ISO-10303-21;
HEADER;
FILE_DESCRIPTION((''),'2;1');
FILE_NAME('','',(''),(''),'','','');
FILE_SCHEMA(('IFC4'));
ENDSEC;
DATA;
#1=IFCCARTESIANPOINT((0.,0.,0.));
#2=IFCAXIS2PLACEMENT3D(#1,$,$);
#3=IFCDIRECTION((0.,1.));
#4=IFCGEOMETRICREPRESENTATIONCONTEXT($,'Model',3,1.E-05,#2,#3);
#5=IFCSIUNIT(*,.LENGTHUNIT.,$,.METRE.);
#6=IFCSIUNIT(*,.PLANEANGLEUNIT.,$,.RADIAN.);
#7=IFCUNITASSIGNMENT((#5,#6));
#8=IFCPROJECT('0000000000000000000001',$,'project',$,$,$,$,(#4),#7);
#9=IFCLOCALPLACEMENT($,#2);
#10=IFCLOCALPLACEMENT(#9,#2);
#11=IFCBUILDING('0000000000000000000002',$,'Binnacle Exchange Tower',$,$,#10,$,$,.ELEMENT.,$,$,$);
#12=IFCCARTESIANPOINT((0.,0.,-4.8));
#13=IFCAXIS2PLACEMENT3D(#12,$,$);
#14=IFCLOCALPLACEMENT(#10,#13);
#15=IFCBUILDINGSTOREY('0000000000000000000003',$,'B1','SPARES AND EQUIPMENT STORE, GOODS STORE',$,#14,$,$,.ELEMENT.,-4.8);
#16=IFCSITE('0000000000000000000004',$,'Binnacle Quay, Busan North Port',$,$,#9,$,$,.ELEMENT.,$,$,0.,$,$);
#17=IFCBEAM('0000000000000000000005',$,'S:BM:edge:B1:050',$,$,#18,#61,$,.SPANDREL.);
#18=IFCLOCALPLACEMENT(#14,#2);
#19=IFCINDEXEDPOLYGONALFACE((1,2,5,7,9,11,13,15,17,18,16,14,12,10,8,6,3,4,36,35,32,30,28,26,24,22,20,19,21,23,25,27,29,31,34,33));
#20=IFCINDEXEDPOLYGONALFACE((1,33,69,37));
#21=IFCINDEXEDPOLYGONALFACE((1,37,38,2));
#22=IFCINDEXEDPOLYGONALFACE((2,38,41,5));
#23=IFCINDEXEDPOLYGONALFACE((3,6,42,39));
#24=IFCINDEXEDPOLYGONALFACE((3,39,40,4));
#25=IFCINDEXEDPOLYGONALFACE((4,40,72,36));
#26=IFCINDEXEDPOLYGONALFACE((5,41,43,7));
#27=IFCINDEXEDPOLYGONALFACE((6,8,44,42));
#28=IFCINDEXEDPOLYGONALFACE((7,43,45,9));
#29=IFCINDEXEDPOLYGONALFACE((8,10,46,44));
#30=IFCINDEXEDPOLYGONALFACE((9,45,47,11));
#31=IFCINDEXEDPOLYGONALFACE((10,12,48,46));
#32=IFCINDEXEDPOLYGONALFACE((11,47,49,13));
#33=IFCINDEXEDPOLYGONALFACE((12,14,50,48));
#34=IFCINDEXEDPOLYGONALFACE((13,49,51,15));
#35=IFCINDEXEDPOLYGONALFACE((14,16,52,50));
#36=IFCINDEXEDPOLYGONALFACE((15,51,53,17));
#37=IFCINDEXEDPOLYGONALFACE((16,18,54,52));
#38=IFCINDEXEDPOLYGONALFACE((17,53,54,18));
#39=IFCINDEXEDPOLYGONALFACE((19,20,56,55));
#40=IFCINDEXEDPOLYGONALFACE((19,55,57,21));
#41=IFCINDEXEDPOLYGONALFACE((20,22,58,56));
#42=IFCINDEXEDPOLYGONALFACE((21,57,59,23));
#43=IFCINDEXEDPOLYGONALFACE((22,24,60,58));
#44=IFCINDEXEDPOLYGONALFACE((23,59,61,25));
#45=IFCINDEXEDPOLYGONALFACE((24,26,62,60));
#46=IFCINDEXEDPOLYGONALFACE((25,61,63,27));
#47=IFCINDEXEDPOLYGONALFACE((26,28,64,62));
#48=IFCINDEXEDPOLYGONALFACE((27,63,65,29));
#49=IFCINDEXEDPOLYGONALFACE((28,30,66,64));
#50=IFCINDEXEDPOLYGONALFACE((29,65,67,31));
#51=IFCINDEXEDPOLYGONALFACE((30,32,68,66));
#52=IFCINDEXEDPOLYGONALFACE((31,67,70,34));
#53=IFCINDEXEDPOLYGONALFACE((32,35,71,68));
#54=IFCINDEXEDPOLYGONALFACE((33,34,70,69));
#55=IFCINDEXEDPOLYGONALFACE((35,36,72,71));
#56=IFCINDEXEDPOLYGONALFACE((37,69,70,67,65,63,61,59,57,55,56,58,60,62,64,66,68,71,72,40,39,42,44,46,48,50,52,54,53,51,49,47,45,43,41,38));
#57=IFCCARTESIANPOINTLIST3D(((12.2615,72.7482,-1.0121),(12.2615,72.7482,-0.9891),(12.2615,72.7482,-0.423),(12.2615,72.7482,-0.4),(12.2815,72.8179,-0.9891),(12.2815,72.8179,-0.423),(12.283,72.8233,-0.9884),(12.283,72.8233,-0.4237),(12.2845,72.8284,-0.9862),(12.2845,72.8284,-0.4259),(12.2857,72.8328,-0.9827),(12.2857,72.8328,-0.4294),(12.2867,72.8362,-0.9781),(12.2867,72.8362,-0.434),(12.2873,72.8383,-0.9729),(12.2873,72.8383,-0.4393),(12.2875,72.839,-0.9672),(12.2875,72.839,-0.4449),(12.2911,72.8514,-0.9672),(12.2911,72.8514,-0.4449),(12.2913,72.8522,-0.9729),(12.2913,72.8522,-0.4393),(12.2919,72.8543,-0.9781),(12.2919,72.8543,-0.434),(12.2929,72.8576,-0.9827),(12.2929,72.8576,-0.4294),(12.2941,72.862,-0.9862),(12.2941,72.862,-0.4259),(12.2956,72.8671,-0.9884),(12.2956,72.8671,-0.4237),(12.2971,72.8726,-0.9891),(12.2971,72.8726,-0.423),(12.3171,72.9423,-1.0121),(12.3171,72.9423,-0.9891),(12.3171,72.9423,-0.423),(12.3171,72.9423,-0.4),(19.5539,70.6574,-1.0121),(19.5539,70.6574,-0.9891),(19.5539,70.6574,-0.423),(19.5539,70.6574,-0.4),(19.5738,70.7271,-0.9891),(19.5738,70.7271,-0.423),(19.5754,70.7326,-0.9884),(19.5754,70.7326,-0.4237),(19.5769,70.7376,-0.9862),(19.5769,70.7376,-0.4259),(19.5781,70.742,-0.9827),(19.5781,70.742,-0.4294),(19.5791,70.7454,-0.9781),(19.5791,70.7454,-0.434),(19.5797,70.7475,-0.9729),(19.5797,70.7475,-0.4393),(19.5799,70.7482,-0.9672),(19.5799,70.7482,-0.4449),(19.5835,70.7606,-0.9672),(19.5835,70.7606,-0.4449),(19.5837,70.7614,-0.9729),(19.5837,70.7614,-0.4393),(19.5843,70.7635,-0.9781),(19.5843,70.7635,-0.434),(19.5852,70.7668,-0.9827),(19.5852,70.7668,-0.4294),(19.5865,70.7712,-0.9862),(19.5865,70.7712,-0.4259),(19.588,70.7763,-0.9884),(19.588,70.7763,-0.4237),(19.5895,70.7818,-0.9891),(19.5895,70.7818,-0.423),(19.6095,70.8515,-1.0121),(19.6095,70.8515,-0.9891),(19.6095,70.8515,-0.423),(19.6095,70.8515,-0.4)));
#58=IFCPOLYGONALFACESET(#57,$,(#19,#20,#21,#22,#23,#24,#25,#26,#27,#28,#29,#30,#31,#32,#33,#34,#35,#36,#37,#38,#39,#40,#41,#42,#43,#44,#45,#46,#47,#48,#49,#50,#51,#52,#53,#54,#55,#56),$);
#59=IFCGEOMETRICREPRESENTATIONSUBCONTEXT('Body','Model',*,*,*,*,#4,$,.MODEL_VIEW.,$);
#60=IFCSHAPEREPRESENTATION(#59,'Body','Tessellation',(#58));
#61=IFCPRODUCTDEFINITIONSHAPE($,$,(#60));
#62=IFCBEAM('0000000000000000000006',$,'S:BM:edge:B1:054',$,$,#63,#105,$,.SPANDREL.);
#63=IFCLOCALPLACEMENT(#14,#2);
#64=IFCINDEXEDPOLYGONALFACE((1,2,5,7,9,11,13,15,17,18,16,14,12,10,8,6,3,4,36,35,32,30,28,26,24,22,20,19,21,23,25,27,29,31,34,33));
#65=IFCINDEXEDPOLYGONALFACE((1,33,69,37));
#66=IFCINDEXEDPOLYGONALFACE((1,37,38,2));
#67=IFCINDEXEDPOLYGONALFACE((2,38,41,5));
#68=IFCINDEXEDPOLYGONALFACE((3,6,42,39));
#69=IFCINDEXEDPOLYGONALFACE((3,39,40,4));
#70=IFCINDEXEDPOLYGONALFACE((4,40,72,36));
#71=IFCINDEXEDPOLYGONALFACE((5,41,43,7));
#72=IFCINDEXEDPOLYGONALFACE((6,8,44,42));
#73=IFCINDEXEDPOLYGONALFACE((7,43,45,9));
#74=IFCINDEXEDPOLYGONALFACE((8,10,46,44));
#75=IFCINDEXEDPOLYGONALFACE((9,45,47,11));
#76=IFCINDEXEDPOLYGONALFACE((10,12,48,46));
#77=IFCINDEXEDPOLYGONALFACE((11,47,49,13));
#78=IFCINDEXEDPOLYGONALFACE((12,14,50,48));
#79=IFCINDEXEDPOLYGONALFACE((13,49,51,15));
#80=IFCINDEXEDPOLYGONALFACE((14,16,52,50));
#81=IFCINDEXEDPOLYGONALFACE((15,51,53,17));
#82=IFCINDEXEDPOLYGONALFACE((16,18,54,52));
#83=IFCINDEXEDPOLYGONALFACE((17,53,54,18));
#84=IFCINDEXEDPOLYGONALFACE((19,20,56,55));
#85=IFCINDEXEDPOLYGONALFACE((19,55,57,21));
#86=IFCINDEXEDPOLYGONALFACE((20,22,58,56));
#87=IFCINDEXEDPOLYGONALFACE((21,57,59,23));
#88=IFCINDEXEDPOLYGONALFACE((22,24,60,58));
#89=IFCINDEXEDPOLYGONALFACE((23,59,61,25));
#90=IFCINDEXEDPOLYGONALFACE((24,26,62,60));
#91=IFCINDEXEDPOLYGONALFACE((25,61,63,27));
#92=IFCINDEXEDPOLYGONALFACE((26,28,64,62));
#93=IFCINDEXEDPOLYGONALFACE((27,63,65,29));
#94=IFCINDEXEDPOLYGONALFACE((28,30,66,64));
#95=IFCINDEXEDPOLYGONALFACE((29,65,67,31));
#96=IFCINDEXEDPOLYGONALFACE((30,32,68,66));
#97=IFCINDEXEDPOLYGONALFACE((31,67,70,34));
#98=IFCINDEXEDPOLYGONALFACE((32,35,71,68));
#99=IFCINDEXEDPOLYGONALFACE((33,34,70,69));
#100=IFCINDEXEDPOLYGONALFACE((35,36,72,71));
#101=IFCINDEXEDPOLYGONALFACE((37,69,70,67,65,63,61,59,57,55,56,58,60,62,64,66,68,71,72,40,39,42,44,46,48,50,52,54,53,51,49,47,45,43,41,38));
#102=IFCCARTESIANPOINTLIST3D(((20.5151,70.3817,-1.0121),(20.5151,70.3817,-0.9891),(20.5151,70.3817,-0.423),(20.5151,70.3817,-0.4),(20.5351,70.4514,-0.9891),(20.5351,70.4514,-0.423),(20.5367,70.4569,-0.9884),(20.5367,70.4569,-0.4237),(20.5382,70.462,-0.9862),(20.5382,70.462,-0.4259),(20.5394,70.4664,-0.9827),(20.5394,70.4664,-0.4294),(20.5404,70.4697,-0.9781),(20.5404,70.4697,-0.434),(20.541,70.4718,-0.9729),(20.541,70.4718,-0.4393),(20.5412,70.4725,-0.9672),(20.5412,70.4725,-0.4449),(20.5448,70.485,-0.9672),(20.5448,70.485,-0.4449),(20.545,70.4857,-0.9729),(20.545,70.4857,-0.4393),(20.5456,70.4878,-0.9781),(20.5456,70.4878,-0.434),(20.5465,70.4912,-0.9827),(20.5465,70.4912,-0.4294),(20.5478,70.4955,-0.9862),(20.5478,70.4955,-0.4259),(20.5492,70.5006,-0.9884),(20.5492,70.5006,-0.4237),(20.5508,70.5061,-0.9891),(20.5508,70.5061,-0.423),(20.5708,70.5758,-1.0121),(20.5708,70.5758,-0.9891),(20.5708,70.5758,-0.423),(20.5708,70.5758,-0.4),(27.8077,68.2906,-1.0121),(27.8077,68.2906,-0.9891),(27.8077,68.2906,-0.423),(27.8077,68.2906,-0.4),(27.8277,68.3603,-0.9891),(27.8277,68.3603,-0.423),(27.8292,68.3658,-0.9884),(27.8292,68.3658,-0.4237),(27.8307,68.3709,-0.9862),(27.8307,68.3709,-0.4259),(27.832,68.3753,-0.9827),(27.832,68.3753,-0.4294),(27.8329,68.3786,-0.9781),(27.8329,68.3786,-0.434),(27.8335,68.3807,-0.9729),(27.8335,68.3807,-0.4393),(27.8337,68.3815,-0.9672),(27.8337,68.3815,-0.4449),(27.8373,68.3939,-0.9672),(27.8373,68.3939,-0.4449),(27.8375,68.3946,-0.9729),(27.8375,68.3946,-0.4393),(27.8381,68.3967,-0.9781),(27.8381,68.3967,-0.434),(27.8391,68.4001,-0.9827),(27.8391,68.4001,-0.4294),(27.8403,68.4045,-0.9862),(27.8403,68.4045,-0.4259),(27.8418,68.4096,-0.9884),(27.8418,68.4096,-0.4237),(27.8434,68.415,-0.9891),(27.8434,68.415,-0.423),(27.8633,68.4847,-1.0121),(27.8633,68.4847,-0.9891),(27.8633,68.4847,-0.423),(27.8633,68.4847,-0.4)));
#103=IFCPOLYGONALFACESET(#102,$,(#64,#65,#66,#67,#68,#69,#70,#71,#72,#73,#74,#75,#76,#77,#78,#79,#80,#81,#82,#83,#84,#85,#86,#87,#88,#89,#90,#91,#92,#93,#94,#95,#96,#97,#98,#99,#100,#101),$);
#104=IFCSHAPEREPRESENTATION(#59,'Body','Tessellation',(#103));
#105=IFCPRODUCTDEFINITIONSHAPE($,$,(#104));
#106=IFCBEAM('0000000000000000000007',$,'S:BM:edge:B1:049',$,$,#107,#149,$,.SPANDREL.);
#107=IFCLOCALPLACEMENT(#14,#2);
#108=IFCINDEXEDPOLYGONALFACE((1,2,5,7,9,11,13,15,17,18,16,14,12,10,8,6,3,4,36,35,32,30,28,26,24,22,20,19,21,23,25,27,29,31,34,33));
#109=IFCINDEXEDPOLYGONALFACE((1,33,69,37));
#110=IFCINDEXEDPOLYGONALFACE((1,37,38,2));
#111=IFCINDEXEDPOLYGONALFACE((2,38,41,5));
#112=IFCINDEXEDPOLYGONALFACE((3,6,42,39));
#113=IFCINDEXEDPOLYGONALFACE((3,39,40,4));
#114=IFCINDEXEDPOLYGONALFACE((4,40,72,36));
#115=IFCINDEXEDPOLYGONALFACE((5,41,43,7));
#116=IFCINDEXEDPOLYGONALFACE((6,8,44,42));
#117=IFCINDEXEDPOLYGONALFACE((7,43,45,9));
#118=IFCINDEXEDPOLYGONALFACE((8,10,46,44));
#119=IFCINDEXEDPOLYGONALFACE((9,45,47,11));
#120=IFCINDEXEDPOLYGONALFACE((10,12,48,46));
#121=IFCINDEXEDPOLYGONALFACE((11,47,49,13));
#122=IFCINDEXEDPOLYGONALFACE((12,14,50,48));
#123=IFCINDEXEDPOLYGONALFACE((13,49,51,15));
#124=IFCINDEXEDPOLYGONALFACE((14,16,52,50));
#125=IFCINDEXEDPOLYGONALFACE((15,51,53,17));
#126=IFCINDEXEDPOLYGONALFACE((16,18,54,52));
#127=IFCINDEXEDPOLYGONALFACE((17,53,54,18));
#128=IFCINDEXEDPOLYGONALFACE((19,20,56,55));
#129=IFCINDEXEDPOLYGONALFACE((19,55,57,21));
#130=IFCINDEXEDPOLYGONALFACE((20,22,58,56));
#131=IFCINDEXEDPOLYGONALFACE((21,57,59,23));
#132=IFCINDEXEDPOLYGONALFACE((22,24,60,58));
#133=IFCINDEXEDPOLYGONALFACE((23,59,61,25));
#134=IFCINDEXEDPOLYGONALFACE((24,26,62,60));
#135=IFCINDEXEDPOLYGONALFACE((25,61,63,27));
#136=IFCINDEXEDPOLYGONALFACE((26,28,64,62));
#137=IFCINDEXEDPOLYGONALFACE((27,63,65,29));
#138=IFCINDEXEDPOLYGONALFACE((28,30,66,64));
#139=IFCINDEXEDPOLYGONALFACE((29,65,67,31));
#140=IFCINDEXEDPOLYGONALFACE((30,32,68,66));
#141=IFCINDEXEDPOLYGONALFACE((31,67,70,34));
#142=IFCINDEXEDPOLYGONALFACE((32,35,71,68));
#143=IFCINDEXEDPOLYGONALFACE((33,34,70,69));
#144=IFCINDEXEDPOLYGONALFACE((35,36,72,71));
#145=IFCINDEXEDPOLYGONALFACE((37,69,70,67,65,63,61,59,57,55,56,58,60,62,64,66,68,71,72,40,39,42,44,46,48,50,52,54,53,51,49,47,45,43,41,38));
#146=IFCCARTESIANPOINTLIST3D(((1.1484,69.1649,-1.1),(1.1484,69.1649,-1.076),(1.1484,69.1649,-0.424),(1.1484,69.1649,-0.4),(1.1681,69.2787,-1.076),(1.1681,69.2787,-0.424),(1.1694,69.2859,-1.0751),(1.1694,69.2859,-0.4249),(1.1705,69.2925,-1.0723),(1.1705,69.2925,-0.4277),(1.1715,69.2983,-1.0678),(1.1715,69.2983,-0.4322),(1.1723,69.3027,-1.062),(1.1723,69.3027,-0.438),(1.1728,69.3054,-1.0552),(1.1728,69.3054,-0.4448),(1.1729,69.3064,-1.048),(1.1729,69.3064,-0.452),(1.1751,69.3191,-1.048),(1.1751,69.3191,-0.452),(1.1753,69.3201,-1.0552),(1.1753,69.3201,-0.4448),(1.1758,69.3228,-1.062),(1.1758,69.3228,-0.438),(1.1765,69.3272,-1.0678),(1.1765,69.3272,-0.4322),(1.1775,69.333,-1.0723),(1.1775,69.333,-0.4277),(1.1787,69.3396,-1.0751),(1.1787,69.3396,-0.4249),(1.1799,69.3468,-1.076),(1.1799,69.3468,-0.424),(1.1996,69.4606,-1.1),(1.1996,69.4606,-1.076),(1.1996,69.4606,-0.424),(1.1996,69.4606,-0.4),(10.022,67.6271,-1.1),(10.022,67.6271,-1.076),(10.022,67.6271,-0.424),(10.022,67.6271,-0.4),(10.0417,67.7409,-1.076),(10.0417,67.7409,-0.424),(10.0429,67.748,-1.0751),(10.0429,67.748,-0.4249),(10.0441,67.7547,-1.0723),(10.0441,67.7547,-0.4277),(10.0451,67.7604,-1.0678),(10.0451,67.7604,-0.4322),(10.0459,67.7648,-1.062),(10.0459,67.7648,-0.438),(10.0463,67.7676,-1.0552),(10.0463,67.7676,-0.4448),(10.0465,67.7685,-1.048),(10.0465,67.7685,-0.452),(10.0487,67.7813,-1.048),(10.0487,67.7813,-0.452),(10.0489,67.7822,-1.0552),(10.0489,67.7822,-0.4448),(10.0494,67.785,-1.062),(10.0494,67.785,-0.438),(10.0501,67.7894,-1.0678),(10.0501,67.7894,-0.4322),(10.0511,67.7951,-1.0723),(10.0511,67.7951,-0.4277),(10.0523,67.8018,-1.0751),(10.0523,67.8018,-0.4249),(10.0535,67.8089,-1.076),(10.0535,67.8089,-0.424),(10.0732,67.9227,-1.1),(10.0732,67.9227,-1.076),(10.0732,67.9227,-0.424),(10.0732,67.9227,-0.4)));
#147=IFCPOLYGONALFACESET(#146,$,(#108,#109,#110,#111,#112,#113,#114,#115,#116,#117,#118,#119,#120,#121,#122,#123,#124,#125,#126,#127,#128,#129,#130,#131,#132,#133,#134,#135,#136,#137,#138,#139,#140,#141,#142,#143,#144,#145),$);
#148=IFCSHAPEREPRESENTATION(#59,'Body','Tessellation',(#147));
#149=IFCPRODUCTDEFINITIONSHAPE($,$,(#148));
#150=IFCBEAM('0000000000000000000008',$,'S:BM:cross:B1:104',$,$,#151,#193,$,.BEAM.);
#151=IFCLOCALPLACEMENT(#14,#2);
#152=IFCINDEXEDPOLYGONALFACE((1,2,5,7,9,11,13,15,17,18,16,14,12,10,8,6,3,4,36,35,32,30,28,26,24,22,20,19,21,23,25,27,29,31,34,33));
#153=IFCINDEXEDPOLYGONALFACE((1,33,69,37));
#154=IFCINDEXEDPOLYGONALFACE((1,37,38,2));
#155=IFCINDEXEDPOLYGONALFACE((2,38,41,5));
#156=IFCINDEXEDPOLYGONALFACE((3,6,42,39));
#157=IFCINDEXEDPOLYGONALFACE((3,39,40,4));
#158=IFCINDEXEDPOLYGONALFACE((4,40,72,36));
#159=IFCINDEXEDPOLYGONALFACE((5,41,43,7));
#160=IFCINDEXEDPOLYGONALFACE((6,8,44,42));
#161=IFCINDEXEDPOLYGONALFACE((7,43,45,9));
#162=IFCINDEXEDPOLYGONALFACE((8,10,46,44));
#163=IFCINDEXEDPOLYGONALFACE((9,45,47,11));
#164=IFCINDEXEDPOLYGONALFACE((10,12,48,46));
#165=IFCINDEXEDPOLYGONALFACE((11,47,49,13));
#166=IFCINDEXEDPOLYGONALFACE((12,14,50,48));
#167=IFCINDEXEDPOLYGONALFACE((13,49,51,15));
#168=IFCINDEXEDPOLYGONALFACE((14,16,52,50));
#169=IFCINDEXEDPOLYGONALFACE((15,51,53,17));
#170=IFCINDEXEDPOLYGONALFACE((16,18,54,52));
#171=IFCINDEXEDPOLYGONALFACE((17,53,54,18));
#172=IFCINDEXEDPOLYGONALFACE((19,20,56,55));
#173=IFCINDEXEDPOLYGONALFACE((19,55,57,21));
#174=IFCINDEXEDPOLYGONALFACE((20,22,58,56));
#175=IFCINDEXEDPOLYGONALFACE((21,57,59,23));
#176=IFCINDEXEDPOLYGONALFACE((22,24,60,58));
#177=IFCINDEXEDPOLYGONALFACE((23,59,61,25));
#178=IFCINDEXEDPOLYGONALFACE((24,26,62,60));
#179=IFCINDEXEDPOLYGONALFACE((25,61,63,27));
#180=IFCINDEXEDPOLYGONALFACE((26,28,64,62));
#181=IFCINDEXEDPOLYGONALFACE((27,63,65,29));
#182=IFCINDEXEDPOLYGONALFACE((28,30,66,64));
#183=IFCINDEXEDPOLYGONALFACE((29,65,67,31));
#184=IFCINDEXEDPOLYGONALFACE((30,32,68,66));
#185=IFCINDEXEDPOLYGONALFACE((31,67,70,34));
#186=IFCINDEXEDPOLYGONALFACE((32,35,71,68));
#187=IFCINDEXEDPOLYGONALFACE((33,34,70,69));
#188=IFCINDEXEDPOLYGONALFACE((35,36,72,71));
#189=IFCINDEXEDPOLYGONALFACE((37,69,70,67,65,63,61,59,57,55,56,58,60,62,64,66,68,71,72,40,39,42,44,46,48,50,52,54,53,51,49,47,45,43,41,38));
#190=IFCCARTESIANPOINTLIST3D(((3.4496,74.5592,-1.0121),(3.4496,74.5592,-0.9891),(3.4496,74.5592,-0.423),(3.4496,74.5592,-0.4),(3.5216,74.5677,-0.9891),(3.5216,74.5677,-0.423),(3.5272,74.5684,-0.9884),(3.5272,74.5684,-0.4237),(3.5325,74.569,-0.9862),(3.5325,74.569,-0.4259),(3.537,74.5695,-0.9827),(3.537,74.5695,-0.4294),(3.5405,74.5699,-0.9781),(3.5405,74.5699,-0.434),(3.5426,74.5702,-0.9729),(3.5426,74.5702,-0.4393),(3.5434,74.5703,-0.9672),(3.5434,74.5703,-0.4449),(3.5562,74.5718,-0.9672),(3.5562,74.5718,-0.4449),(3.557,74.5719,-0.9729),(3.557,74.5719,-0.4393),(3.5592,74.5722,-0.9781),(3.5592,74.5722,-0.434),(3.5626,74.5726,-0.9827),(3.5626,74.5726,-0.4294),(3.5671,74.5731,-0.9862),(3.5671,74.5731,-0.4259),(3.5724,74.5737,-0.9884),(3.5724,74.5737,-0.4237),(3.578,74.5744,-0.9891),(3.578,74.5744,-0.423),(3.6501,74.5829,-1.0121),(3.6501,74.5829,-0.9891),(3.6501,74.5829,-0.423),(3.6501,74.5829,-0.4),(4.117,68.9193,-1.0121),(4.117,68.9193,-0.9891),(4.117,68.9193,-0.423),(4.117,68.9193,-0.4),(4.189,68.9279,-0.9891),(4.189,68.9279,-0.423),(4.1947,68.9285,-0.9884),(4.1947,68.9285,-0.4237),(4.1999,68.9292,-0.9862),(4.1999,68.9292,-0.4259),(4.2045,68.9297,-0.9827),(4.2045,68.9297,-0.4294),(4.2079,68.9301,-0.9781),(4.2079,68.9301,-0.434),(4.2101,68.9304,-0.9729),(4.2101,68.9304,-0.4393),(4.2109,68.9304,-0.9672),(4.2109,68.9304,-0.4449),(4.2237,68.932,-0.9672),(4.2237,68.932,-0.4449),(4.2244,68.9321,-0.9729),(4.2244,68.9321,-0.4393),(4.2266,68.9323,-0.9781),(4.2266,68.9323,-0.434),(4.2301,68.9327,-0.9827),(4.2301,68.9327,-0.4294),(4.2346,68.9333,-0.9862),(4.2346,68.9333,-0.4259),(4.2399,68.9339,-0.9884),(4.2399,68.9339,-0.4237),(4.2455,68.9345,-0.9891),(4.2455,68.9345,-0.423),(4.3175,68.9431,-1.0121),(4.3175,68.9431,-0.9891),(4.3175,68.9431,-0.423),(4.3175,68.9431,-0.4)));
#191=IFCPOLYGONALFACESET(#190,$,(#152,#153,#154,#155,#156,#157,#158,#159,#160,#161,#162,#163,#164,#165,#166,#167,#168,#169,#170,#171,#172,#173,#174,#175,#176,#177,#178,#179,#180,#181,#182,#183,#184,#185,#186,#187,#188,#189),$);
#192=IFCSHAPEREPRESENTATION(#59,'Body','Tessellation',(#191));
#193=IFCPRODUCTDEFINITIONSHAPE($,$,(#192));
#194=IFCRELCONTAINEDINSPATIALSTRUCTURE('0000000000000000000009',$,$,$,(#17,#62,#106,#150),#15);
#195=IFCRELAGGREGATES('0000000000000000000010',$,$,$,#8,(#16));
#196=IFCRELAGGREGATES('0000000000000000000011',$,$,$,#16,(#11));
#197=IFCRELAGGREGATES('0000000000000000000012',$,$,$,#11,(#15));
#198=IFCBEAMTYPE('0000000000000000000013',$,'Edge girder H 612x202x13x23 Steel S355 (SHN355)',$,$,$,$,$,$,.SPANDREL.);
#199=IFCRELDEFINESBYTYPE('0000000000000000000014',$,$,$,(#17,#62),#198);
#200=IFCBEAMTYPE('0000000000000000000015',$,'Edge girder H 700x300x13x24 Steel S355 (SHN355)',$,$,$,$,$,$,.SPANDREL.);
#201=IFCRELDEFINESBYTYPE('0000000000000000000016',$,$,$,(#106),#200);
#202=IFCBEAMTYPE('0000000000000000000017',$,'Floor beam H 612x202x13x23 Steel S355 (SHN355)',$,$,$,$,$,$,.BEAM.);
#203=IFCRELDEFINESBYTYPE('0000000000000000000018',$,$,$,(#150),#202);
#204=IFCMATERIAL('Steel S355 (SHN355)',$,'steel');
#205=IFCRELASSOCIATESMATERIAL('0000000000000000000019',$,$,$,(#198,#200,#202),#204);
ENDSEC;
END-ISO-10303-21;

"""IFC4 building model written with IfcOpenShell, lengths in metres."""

from ifc_helpers import new_model, si_unit, direction, frame, origin, origin_2d, place, context, subcontext, project, spatial, i_section, extrude, material, material_profile, profile_set, type_object, element, save


model = new_model("IFC4")

# Units and contexts
model_context = context("Model", 3, precision=1e-05, world=origin(), true_north=direction((0.0, 1.0)))
body_context = subcontext(model_context, "Body", "Model", "MODEL_VIEW")
ifc_project = project(units=[si_unit("LENGTHUNIT", "METRE"), si_unit("PLANEANGLEUNIT", "RADIAN")], contexts=[model_context])

# Site, building, storey
site_placement = place(None, origin())
site = spatial("IfcSite", under=ifc_project, at=site_placement, Name="Binnacle Quay, Busan North Port", CompositionType="ELEMENT", RefElevation=0.0)
building_placement = place(site_placement, origin())
building = spatial("IfcBuilding", under=site, at=building_placement, Name="Binnacle Exchange Tower", CompositionType="ELEMENT")
storey_placement = place(building_placement, frame((0.0, 0.0, -4.8)))
storey = spatial("IfcBuildingStorey", under=building, at=storey_placement, Name="B1", Description="SPARES AND EQUIPMENT STORE, GOODS STORE", CompositionType="ELEMENT", Elevation=-4.8)

# Beams
ifc_material_1 = material(Name="Steel S355 (SHN355)", Category="steel")
ifc_material_profile_1 = material_profile(ifc_material_1, i_section(OverallWidth=0.2019, OverallDepth=0.6121, WebThickness=0.0129, FlangeThickness=0.0229, FilletRadius=0.022, at=origin_2d()), Name="H 612x202x13x23")
ifc_profile_set_1 = profile_set([ifc_material_profile_1], Name="Steel S355 (SHN355)")
beam_type_1 = type_object("IfcBeamType", Name="Edge girder H 612x202x13x23 Steel S355 (SHN355)", PredefinedType="SPANDREL", material=ifc_profile_set_1)
beam_1_placement = place(storey_placement, frame((12.2893, 72.8452, -0.7061), z_axis=(0.961271, -0.275605, 0.0), x_axis=(0.275605, 0.961271, 0.0)))
element("IfcBeam", 1, at=beam_1_placement, inside=storey, type_object=beam_type_1, Name="S:BM:edge:B1:050", PredefinedType="SPANDREL", context=body_context, shape_type="SweptSolid", body=[
    extrude(i_section(OverallWidth=0.2019, OverallDepth=0.6121, WebThickness=0.0129, FlangeThickness=0.0229, FilletRadius=0.022, at=origin_2d()), origin(), (0.0, 0.0, 1.0), 7.5862),
])
beam_2_placement = place(storey_placement, frame((20.543, 70.4788, -0.7061), z_axis=(0.961262, -0.275635, 0.0), x_axis=(0.275635, 0.961262, 0.0)))
element("IfcBeam", 2, at=beam_2_placement, inside=storey, type_object=beam_type_1, Name="S:BM:edge:B1:054", PredefinedType="SPANDREL", context=body_context, shape_type="SweptSolid", body=[
    extrude(i_section(OverallWidth=0.2019, OverallDepth=0.6121, WebThickness=0.0129, FlangeThickness=0.0229, FilletRadius=0.022, at=origin_2d()), origin(), (0.0, 0.0, 1.0), 7.5864),
])
ifc_material_profile_2 = material_profile(ifc_material_1, i_section(OverallWidth=0.3, OverallDepth=0.7, WebThickness=0.0129, FlangeThickness=0.0239, FilletRadius=0.0281, at=origin_2d()), Name="H 700x300x13x24")
ifc_profile_set_2 = profile_set([ifc_material_profile_2], Name="Steel S355 (SHN355)")
beam_type_2 = type_object("IfcBeamType", Name="Edge girder H 700x300x13x24 Steel S355 (SHN355)", PredefinedType="SPANDREL", material=ifc_profile_set_2)
beam_3_placement = place(storey_placement, frame((10.0476, 67.7749, -0.75), z_axis=(-0.985312, 0.170761, 0.0), x_axis=(-0.170761, -0.985312, 0.0)))
element("IfcBeam", 3, at=beam_3_placement, inside=storey, type_object=beam_type_2, Name="S:BM:edge:B1:049", PredefinedType="SPANDREL", context=body_context, shape_type="SweptSolid", body=[
    extrude(i_section(OverallWidth=0.3, OverallDepth=0.7, WebThickness=0.0129, FlangeThickness=0.0239, FilletRadius=0.0281, at=origin_2d()), origin(), (0.0, 0.0, 1.0), 9.0059),
])
ifc_material_profile_3 = material_profile(ifc_material_1, i_section(OverallWidth=0.2019, OverallDepth=0.6121, WebThickness=0.0129, FlangeThickness=0.0229, FilletRadius=0.022, at=origin_2d()), Name="H 612x202x13x23")
ifc_profile_set_3 = profile_set([ifc_material_profile_3], Name="Steel S355 (SHN355)")
beam_type_3 = type_object("IfcBeamType", Name="Floor beam H 612x202x13x23 Steel S355 (SHN355)", PredefinedType="BEAM", material=ifc_profile_set_3)
beam_4_placement = place(storey_placement, frame((3.5498, 74.571, -0.7061), z_axis=(0.11753, -0.993069, 0.0), x_axis=(0.993069, 0.11753, 0.0)))
element("IfcBeam", 4, at=beam_4_placement, inside=storey, type_object=beam_type_3, Name="S:BM:cross:B1:104", PredefinedType="BEAM", context=body_context, shape_type="SweptSolid", body=[
    extrude(i_section(OverallWidth=0.2019, OverallDepth=0.6121, WebThickness=0.0129, FlangeThickness=0.0229, FilletRadius=0.022, at=origin_2d()), origin(), (0.0, 0.0, 1.0), 5.6792),
])

save(model, "model.ifc")
